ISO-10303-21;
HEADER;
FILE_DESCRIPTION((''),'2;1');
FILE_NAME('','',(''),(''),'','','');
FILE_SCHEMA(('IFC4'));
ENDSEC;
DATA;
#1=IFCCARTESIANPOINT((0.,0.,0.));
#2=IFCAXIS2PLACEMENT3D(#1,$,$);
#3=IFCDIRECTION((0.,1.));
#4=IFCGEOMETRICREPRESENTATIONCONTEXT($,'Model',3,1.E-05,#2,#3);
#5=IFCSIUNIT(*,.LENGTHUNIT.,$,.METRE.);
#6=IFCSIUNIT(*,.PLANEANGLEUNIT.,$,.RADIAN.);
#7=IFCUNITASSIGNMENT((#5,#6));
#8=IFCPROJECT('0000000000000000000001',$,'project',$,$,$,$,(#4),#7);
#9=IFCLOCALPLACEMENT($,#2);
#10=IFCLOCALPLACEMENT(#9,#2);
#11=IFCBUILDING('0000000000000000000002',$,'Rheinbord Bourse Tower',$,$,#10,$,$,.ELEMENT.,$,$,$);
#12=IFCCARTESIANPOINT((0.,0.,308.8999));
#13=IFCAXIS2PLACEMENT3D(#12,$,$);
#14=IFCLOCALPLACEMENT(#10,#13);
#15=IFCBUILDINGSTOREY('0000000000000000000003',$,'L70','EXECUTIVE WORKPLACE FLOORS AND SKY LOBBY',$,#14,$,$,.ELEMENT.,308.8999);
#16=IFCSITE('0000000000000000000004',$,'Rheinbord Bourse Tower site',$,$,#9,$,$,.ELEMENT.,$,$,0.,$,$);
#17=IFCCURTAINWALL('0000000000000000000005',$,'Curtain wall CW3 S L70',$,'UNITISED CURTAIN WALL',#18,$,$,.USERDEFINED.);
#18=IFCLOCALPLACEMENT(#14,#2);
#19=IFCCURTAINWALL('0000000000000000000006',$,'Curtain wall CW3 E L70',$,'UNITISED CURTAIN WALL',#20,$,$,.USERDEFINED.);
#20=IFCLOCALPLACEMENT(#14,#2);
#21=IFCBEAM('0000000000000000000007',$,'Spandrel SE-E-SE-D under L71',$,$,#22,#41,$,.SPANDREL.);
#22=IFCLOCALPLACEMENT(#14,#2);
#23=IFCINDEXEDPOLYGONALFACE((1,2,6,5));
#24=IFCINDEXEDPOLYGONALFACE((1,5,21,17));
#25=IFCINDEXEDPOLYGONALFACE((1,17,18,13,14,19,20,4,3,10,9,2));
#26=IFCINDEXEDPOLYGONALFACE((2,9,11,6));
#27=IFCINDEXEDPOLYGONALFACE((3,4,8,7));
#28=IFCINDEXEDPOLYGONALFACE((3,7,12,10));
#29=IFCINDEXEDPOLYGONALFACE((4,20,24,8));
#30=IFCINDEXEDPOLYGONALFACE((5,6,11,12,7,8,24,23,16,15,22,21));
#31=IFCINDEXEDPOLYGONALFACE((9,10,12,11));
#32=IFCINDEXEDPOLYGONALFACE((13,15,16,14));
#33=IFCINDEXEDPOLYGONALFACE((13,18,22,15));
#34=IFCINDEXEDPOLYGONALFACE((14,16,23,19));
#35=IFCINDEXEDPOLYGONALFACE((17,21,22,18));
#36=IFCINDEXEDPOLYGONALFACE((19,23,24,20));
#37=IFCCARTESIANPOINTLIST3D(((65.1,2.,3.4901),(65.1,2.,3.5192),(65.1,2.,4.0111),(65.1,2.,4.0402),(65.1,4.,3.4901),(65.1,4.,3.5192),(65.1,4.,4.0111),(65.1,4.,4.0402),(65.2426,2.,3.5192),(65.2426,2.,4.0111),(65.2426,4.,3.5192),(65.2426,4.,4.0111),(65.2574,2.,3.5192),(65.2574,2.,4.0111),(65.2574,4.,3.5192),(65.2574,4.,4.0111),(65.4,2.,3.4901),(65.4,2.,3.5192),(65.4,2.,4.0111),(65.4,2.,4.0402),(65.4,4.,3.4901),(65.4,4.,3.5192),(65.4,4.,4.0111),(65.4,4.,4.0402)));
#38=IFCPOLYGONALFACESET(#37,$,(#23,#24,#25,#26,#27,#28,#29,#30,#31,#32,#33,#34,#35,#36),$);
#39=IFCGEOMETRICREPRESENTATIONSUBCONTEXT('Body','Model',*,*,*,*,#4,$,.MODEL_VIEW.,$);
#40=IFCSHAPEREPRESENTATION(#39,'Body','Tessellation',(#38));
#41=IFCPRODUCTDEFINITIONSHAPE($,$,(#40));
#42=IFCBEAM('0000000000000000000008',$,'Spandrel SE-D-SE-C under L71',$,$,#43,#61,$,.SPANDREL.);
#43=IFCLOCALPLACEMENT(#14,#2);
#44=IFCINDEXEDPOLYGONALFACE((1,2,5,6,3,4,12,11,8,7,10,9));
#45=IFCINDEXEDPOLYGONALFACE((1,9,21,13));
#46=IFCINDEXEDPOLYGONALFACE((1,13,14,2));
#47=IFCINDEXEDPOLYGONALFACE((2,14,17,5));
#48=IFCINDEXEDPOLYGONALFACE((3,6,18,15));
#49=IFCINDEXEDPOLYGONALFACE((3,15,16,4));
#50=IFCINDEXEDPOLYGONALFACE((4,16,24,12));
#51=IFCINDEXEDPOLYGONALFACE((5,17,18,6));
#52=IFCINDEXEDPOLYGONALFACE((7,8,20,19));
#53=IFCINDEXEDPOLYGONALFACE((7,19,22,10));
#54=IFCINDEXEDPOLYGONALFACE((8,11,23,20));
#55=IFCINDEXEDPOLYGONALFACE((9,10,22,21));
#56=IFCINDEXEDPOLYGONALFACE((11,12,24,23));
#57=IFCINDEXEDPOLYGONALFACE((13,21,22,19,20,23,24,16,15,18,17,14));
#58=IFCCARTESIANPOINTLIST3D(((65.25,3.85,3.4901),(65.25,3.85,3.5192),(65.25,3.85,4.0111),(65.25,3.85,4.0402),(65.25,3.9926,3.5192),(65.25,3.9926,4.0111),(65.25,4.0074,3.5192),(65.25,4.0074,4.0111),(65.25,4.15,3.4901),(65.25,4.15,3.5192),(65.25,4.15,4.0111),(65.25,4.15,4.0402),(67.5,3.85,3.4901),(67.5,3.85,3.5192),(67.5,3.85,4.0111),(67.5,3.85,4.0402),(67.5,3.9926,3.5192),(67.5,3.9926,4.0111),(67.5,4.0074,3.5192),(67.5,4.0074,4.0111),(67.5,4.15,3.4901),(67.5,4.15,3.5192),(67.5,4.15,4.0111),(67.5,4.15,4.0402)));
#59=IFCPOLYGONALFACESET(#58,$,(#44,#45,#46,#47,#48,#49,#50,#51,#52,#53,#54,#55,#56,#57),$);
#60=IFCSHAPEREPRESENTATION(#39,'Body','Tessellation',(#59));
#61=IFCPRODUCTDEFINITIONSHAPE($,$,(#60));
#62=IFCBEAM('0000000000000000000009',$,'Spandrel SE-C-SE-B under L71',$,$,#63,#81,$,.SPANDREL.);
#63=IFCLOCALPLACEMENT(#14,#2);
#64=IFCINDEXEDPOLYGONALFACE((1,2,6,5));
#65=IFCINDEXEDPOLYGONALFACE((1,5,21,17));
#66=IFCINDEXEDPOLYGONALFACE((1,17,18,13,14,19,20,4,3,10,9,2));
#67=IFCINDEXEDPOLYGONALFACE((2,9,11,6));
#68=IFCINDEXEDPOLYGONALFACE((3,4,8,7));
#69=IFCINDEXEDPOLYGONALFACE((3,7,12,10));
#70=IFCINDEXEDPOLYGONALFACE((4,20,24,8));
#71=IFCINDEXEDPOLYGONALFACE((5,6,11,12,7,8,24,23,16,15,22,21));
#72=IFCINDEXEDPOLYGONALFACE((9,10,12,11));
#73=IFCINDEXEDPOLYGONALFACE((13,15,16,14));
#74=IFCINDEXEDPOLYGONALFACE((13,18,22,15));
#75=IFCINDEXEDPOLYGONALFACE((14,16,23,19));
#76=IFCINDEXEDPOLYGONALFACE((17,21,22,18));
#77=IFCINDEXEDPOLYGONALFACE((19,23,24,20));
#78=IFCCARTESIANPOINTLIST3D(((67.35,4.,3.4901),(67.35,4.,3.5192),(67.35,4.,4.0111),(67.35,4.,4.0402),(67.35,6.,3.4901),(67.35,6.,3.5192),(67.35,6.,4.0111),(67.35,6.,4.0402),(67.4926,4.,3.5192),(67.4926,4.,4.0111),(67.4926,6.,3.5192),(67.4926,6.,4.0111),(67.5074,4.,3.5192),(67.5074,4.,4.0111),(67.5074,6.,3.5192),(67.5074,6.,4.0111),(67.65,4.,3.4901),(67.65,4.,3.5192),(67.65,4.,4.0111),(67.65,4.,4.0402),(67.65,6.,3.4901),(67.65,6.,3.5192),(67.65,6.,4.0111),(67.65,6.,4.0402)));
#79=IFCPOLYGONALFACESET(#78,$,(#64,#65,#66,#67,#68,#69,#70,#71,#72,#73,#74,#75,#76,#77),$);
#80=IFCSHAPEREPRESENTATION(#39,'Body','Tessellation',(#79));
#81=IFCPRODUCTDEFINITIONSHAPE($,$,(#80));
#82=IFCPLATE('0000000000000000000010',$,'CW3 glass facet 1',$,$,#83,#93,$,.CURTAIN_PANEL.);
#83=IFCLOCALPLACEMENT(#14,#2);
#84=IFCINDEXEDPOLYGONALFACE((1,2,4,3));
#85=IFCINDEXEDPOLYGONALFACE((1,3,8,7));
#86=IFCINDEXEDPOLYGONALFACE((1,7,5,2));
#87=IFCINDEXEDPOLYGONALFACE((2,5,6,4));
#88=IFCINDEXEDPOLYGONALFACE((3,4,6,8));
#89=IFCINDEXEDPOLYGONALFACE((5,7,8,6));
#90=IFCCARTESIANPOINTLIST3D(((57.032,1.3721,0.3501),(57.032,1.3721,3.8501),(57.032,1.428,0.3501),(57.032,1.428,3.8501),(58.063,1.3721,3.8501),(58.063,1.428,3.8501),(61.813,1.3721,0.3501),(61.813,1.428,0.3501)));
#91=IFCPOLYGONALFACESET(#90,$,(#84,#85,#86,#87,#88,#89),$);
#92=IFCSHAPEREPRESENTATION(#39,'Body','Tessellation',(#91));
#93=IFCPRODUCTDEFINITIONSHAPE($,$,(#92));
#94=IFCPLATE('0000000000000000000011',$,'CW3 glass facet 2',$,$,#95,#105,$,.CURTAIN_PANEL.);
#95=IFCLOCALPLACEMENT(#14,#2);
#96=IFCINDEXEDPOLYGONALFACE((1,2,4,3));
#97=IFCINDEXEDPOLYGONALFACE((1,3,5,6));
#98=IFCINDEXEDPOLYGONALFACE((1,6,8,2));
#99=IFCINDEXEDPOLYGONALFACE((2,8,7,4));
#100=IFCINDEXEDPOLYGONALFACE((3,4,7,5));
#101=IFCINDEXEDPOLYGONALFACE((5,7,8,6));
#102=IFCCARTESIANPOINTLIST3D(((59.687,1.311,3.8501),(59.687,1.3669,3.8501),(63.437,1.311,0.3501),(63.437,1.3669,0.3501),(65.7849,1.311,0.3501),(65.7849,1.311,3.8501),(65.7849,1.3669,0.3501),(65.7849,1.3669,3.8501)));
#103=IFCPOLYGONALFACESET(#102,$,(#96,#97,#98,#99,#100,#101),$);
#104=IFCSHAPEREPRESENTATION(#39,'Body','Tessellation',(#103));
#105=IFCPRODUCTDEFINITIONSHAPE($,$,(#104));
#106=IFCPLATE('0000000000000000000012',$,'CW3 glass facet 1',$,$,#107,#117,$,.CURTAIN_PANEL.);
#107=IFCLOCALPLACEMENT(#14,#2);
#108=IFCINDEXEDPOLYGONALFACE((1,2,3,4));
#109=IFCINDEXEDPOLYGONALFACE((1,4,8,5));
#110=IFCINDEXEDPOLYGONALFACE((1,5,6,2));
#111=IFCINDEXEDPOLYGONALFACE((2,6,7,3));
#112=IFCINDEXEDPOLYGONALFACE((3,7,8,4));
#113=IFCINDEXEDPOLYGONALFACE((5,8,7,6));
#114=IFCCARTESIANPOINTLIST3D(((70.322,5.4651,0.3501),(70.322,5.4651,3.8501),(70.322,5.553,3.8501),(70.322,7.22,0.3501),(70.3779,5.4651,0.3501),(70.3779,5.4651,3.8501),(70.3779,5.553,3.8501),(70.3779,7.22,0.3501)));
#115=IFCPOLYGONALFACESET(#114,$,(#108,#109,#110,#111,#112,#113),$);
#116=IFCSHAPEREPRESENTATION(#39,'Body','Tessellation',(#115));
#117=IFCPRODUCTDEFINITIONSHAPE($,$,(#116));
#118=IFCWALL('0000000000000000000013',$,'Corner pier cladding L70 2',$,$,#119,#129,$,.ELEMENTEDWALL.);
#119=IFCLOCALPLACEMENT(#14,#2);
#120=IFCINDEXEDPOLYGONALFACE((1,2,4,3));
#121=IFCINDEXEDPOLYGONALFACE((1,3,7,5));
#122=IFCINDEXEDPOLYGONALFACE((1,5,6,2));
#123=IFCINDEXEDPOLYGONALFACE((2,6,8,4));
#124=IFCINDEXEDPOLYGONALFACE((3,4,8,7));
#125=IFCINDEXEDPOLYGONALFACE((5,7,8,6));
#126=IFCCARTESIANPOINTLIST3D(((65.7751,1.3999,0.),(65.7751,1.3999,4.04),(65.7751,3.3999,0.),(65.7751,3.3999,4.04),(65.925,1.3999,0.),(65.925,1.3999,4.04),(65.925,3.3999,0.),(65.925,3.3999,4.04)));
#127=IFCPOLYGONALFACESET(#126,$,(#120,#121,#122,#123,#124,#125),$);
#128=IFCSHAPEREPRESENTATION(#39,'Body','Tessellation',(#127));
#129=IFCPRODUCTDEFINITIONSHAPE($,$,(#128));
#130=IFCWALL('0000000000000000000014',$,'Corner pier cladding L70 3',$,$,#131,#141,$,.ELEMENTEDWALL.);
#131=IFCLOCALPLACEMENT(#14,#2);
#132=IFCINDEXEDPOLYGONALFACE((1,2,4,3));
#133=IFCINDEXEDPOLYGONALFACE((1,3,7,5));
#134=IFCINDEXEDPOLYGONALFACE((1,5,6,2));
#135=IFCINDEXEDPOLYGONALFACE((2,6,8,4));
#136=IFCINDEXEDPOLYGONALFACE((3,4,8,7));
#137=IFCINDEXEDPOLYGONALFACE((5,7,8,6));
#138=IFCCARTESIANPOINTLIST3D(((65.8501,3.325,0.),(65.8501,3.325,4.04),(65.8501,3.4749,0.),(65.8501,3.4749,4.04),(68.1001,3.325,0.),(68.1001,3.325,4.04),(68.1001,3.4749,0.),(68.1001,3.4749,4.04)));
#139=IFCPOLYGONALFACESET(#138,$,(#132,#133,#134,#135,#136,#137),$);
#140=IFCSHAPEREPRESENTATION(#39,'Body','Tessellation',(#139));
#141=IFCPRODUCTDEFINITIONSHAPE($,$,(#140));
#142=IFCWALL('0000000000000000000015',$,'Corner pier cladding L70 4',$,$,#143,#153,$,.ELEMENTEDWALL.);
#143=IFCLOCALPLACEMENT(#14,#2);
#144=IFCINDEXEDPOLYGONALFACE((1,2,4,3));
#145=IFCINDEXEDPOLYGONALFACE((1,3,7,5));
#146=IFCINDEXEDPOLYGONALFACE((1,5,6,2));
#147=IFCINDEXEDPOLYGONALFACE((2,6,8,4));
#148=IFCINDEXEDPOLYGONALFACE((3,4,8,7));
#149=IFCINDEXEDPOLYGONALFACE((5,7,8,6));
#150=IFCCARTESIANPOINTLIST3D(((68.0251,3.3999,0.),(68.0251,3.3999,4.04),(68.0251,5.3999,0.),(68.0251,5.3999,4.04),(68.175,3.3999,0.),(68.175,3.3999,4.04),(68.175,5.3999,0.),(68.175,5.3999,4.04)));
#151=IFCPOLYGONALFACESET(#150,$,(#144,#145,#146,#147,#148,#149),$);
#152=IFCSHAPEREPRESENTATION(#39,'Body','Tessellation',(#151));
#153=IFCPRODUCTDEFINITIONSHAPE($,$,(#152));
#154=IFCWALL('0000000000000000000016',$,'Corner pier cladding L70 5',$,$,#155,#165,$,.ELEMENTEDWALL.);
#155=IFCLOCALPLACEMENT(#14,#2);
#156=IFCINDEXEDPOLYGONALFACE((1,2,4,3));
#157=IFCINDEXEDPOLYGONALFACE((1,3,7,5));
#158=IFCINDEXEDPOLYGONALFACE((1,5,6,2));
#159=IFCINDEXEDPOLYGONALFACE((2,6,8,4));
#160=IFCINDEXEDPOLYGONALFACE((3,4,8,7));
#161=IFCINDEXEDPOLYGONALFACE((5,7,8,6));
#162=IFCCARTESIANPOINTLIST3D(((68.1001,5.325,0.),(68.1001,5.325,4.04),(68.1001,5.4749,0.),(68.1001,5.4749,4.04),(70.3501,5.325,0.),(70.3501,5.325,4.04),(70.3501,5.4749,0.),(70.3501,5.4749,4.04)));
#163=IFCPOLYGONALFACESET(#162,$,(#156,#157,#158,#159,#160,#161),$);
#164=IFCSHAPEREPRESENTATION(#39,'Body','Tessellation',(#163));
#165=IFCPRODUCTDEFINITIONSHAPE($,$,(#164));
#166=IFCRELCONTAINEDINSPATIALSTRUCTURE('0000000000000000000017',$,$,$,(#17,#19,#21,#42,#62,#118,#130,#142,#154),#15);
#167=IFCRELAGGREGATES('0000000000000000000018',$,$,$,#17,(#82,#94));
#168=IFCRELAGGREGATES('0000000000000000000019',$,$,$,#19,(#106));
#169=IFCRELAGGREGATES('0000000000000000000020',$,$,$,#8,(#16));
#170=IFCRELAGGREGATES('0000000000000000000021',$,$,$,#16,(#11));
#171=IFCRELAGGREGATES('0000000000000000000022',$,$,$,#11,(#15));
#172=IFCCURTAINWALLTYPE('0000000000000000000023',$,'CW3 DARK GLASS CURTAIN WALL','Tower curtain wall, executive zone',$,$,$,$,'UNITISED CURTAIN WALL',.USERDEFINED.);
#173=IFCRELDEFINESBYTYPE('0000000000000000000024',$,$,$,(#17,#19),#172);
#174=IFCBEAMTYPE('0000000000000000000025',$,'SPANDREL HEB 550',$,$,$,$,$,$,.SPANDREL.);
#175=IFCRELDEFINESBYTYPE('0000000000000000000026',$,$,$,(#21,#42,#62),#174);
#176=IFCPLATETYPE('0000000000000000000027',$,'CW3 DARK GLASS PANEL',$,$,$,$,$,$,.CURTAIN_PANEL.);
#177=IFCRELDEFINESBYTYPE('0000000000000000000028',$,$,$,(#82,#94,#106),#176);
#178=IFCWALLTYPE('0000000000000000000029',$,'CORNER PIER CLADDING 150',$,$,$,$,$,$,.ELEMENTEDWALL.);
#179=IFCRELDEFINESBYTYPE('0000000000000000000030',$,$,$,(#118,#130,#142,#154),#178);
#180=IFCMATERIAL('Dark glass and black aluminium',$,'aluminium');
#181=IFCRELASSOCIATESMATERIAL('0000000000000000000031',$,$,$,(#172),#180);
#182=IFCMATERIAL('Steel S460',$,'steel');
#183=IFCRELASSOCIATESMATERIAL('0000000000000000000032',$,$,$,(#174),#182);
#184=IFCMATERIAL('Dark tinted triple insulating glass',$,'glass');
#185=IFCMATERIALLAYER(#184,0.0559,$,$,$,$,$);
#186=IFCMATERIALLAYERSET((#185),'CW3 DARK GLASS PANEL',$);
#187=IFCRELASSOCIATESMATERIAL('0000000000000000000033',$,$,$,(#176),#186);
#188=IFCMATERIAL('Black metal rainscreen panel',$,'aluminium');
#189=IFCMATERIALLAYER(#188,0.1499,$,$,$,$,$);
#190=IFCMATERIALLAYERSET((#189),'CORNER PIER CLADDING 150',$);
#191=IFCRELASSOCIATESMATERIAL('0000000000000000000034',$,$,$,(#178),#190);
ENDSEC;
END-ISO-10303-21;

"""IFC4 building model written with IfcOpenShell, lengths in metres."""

from ifc_helpers import new_model, si_unit, direction, frame, frame_2d, origin, origin_2d, place, context, subcontext, project, spatial, polyline, rectangle, i_section, outline, extrude, material, layer, layer_set, material_profile, profile_set, type_object, element, aggregate, save


model = new_model("IFC4")

# Units and contexts
model_context = context("Model", 3, precision=1e-05, world=origin(), true_north=direction((0.0, 1.0)))
body_context = subcontext(model_context, "Body", "Model", "MODEL_VIEW")
ifc_project = project(units=[si_unit("LENGTHUNIT", "METRE"), si_unit("PLANEANGLEUNIT", "RADIAN")], contexts=[model_context])

# Site, building, storey
site_placement = place(None, origin())
site = spatial("IfcSite", under=ifc_project, at=site_placement, Name="Rheinbord Bourse Tower site", CompositionType="ELEMENT", RefElevation=0.0)
building_placement = place(site_placement, origin())
building = spatial("IfcBuilding", under=site, at=building_placement, Name="Rheinbord Bourse Tower", CompositionType="ELEMENT")
storey_placement = place(building_placement, frame((0.0, 0.0, 308.8999)))
storey = spatial("IfcBuildingStorey", under=building, at=storey_placement, Name="L70", Description="EXECUTIVE WORKPLACE FLOORS AND SKY LOBBY", CompositionType="ELEMENT", Elevation=308.8999)

# Curtain wall
ifc_material_1 = material(Name="Dark glass and black aluminium", Category="aluminium")
curtain_wall_type = type_object("IfcCurtainWallType", Name="CW3 DARK GLASS CURTAIN WALL", Description="Tower curtain wall, executive zone", ElementType="UNITISED CURTAIN WALL", PredefinedType="USERDEFINED", material=ifc_material_1)
curtain_wall_1_placement = place(storey_placement, origin())
curtain_wall_1 = element("IfcCurtainWall", 1, at=curtain_wall_1_placement, inside=storey, type_object=curtain_wall_type, Name="Curtain wall CW3 S L70", ObjectType="UNITISED CURTAIN WALL", PredefinedType="USERDEFINED")

# Curtain wall
curtain_wall_2_placement = place(storey_placement, origin())
curtain_wall_2 = element("IfcCurtainWall", 2, at=curtain_wall_2_placement, inside=storey, type_object=curtain_wall_type, Name="Curtain wall CW3 E L70", ObjectType="UNITISED CURTAIN WALL", PredefinedType="USERDEFINED")

# Beams
ifc_material_2 = material(Name="Steel S460", Category="steel")
ifc_material_profile_1 = material_profile(ifc_material_2, i_section(OverallWidth=0.3, OverallDepth=0.55, WebThickness=0.0149, FlangeThickness=0.0291, at=origin_2d()), Name="HEB 550")
ifc_profile_set_1 = profile_set([ifc_material_profile_1], Name="Steel S460")
beam_type_1 = type_object("IfcBeamType", Name="SPANDREL HEB 550", PredefinedType="SPANDREL", material=ifc_profile_set_1)
beam_1_placement = place(storey_placement, frame((65.25, 2.0, 3.7651), z_axis=(0.0, 1.0, 0.0), x_axis=(-1.0, 0.0, 0.0)))
element("IfcBeam", 3, at=beam_1_placement, inside=storey, type_object=beam_type_1, Name="Spandrel SE-E-SE-D under L71", PredefinedType="SPANDREL", context=body_context, shape_type="SweptSolid", body=[
    extrude(i_section(OverallWidth=0.3, OverallDepth=0.55, WebThickness=0.0149, FlangeThickness=0.0291, at=origin_2d()), origin(), (0.0, 0.0, 1.0), 2.0),
])
beam_2_placement = place(storey_placement, frame((65.25, 4.0, 3.7651), z_axis=(1.0, 0.0, 0.0), x_axis=(0.0, 1.0, 0.0)))
element("IfcBeam", 4, at=beam_2_placement, inside=storey, type_object=beam_type_1, Name="Spandrel SE-D-SE-C under L71", PredefinedType="SPANDREL", context=body_context, shape_type="SweptSolid", body=[
    extrude(i_section(OverallWidth=0.3, OverallDepth=0.55, WebThickness=0.0149, FlangeThickness=0.0291, at=origin_2d()), origin(), (0.0, 0.0, 1.0), 2.25),
])
beam_3_placement = place(storey_placement, frame((67.5, 4.0, 3.7651), z_axis=(0.0, 1.0, 0.0), x_axis=(-1.0, 0.0, 0.0)))
element("IfcBeam", 5, at=beam_3_placement, inside=storey, type_object=beam_type_1, Name="Spandrel SE-C-SE-B under L71", PredefinedType="SPANDREL", context=body_context, shape_type="SweptSolid", body=[
    extrude(i_section(OverallWidth=0.3, OverallDepth=0.55, WebThickness=0.0149, FlangeThickness=0.0291, at=origin_2d()), origin(), (0.0, 0.0, 1.0), 2.0),
])

# Plates
ifc_material_3 = material(Name="Dark tinted triple insulating glass", Category="glass")
ifc_layer_1 = layer(ifc_material_3, 0.0559)
ifc_layer_set_1 = layer_set([ifc_layer_1], Name="CW3 DARK GLASS PANEL")
plate_type = type_object("IfcPlateType", Name="CW3 DARK GLASS PANEL", PredefinedType="CURTAIN_PANEL", material=ifc_layer_set_1)
plate_1_placement = place(storey_placement, frame((57.032, 1.3721, 0.3501), z_axis=(0.0, 1.0, 0.0), x_axis=(0.0, 0.0, 1.0)))
plate_1 = element("IfcPlate", 6, at=plate_1_placement, type_object=plate_type, Name="CW3 glass facet 1", PredefinedType="CURTAIN_PANEL", context=body_context, shape_type="SweptSolid", body=[
    extrude(outline(polyline([(0.0, 0.0), (3.5, 0.0), (3.5, 1.031), (0.0, 4.781), (0.0, 0.0)])), origin(), (0.0, 0.0, 1.0), 0.0559),
])
plate_2_placement = place(storey_placement, frame((65.7849, 1.311, 3.8501), z_axis=(0.0, 1.0, 0.0), x_axis=(0.0, 0.0, -1.0)))
plate_2 = element("IfcPlate", 7, at=plate_2_placement, type_object=plate_type, Name="CW3 glass facet 2", PredefinedType="CURTAIN_PANEL", context=body_context, shape_type="SweptSolid", body=[
    extrude(outline(polyline([(0.0, 0.0), (3.5, 0.0), (3.5, 2.3479), (0.0, 6.0979), (0.0, 0.0)])), origin(), (0.0, 0.0, 1.0), 0.0559),
])
aggregate(curtain_wall_1, [plate_1, plate_2])
plate_3_placement = place(storey_placement, frame((70.3779, 5.4651, 0.3501), z_axis=(-1.0, 0.0, 0.0), x_axis=(0.0, 0.0, 1.0)))
plate_3 = element("IfcPlate", 8, at=plate_3_placement, type_object=plate_type, Name="CW3 glass facet 1", PredefinedType="CURTAIN_PANEL", context=body_context, shape_type="SweptSolid", body=[
    extrude(outline(polyline([(0.0, 0.0), (3.5, 0.0), (3.5, 0.0879), (0.0, 1.7549), (0.0, 0.0)])), origin(), (0.0, 0.0, 1.0), 0.0559),
])
aggregate(curtain_wall_2, [plate_3])

# Walls
ifc_material_4 = material(Name="Black metal rainscreen panel", Category="aluminium")
ifc_layer_2 = layer(ifc_material_4, 0.1499)
ifc_layer_set_2 = layer_set([ifc_layer_2], Name="CORNER PIER CLADDING 150")
wall_type = type_object("IfcWallType", Name="CORNER PIER CLADDING 150", PredefinedType="ELEMENTEDWALL", material=ifc_layer_set_2)
wall_1_placement = place(storey_placement, frame((65.8501, 1.3999, 0.0), z_axis=(0.0, 0.0, 1.0), x_axis=(0.0, 1.0, 0.0)))
element("IfcWall", 9, at=wall_1_placement, inside=storey, type_object=wall_type, Name="Corner pier cladding L70 2", PredefinedType="ELEMENTEDWALL", context=body_context, shape_type="SweptSolid", body=[
    extrude(rectangle(XDim=2.0, YDim=0.1499, at=frame_2d((1.0, 0.0))), origin(), (0.0, 0.0, 1.0), 4.04),
])
wall_2_placement = place(storey_placement, frame((65.8501, 3.3999, 0.0), z_axis=(0.0, 0.0, 1.0), x_axis=(1.0, 0.0, 0.0)))
element("IfcWall", 10, at=wall_2_placement, inside=storey, type_object=wall_type, Name="Corner pier cladding L70 3", PredefinedType="ELEMENTEDWALL", context=body_context, shape_type="SweptSolid", body=[
    extrude(rectangle(XDim=2.25, YDim=0.1499, at=frame_2d((1.125, 0.0))), origin(), (0.0, 0.0, 1.0), 4.04),
])
wall_3_placement = place(storey_placement, frame((68.1001, 3.3999, 0.0), z_axis=(0.0, 0.0, 1.0), x_axis=(0.0, 1.0, 0.0)))
element("IfcWall", 11, at=wall_3_placement, inside=storey, type_object=wall_type, Name="Corner pier cladding L70 4", PredefinedType="ELEMENTEDWALL", context=body_context, shape_type="SweptSolid", body=[
    extrude(rectangle(XDim=2.0, YDim=0.1499, at=frame_2d((1.0, 0.0))), origin(), (0.0, 0.0, 1.0), 4.04),
])
wall_4_placement = place(storey_placement, frame((68.1001, 5.3999, 0.0), z_axis=(0.0, 0.0, 1.0), x_axis=(1.0, 0.0, 0.0)))
element("IfcWall", 12, at=wall_4_placement, inside=storey, type_object=wall_type, Name="Corner pier cladding L70 5", PredefinedType="ELEMENTEDWALL", context=body_context, shape_type="SweptSolid", body=[
    extrude(rectangle(XDim=2.25, YDim=0.1499, at=frame_2d((1.125, 0.0))), origin(), (0.0, 0.0, 1.0), 4.04),
])

save(model, "model.ifc")
